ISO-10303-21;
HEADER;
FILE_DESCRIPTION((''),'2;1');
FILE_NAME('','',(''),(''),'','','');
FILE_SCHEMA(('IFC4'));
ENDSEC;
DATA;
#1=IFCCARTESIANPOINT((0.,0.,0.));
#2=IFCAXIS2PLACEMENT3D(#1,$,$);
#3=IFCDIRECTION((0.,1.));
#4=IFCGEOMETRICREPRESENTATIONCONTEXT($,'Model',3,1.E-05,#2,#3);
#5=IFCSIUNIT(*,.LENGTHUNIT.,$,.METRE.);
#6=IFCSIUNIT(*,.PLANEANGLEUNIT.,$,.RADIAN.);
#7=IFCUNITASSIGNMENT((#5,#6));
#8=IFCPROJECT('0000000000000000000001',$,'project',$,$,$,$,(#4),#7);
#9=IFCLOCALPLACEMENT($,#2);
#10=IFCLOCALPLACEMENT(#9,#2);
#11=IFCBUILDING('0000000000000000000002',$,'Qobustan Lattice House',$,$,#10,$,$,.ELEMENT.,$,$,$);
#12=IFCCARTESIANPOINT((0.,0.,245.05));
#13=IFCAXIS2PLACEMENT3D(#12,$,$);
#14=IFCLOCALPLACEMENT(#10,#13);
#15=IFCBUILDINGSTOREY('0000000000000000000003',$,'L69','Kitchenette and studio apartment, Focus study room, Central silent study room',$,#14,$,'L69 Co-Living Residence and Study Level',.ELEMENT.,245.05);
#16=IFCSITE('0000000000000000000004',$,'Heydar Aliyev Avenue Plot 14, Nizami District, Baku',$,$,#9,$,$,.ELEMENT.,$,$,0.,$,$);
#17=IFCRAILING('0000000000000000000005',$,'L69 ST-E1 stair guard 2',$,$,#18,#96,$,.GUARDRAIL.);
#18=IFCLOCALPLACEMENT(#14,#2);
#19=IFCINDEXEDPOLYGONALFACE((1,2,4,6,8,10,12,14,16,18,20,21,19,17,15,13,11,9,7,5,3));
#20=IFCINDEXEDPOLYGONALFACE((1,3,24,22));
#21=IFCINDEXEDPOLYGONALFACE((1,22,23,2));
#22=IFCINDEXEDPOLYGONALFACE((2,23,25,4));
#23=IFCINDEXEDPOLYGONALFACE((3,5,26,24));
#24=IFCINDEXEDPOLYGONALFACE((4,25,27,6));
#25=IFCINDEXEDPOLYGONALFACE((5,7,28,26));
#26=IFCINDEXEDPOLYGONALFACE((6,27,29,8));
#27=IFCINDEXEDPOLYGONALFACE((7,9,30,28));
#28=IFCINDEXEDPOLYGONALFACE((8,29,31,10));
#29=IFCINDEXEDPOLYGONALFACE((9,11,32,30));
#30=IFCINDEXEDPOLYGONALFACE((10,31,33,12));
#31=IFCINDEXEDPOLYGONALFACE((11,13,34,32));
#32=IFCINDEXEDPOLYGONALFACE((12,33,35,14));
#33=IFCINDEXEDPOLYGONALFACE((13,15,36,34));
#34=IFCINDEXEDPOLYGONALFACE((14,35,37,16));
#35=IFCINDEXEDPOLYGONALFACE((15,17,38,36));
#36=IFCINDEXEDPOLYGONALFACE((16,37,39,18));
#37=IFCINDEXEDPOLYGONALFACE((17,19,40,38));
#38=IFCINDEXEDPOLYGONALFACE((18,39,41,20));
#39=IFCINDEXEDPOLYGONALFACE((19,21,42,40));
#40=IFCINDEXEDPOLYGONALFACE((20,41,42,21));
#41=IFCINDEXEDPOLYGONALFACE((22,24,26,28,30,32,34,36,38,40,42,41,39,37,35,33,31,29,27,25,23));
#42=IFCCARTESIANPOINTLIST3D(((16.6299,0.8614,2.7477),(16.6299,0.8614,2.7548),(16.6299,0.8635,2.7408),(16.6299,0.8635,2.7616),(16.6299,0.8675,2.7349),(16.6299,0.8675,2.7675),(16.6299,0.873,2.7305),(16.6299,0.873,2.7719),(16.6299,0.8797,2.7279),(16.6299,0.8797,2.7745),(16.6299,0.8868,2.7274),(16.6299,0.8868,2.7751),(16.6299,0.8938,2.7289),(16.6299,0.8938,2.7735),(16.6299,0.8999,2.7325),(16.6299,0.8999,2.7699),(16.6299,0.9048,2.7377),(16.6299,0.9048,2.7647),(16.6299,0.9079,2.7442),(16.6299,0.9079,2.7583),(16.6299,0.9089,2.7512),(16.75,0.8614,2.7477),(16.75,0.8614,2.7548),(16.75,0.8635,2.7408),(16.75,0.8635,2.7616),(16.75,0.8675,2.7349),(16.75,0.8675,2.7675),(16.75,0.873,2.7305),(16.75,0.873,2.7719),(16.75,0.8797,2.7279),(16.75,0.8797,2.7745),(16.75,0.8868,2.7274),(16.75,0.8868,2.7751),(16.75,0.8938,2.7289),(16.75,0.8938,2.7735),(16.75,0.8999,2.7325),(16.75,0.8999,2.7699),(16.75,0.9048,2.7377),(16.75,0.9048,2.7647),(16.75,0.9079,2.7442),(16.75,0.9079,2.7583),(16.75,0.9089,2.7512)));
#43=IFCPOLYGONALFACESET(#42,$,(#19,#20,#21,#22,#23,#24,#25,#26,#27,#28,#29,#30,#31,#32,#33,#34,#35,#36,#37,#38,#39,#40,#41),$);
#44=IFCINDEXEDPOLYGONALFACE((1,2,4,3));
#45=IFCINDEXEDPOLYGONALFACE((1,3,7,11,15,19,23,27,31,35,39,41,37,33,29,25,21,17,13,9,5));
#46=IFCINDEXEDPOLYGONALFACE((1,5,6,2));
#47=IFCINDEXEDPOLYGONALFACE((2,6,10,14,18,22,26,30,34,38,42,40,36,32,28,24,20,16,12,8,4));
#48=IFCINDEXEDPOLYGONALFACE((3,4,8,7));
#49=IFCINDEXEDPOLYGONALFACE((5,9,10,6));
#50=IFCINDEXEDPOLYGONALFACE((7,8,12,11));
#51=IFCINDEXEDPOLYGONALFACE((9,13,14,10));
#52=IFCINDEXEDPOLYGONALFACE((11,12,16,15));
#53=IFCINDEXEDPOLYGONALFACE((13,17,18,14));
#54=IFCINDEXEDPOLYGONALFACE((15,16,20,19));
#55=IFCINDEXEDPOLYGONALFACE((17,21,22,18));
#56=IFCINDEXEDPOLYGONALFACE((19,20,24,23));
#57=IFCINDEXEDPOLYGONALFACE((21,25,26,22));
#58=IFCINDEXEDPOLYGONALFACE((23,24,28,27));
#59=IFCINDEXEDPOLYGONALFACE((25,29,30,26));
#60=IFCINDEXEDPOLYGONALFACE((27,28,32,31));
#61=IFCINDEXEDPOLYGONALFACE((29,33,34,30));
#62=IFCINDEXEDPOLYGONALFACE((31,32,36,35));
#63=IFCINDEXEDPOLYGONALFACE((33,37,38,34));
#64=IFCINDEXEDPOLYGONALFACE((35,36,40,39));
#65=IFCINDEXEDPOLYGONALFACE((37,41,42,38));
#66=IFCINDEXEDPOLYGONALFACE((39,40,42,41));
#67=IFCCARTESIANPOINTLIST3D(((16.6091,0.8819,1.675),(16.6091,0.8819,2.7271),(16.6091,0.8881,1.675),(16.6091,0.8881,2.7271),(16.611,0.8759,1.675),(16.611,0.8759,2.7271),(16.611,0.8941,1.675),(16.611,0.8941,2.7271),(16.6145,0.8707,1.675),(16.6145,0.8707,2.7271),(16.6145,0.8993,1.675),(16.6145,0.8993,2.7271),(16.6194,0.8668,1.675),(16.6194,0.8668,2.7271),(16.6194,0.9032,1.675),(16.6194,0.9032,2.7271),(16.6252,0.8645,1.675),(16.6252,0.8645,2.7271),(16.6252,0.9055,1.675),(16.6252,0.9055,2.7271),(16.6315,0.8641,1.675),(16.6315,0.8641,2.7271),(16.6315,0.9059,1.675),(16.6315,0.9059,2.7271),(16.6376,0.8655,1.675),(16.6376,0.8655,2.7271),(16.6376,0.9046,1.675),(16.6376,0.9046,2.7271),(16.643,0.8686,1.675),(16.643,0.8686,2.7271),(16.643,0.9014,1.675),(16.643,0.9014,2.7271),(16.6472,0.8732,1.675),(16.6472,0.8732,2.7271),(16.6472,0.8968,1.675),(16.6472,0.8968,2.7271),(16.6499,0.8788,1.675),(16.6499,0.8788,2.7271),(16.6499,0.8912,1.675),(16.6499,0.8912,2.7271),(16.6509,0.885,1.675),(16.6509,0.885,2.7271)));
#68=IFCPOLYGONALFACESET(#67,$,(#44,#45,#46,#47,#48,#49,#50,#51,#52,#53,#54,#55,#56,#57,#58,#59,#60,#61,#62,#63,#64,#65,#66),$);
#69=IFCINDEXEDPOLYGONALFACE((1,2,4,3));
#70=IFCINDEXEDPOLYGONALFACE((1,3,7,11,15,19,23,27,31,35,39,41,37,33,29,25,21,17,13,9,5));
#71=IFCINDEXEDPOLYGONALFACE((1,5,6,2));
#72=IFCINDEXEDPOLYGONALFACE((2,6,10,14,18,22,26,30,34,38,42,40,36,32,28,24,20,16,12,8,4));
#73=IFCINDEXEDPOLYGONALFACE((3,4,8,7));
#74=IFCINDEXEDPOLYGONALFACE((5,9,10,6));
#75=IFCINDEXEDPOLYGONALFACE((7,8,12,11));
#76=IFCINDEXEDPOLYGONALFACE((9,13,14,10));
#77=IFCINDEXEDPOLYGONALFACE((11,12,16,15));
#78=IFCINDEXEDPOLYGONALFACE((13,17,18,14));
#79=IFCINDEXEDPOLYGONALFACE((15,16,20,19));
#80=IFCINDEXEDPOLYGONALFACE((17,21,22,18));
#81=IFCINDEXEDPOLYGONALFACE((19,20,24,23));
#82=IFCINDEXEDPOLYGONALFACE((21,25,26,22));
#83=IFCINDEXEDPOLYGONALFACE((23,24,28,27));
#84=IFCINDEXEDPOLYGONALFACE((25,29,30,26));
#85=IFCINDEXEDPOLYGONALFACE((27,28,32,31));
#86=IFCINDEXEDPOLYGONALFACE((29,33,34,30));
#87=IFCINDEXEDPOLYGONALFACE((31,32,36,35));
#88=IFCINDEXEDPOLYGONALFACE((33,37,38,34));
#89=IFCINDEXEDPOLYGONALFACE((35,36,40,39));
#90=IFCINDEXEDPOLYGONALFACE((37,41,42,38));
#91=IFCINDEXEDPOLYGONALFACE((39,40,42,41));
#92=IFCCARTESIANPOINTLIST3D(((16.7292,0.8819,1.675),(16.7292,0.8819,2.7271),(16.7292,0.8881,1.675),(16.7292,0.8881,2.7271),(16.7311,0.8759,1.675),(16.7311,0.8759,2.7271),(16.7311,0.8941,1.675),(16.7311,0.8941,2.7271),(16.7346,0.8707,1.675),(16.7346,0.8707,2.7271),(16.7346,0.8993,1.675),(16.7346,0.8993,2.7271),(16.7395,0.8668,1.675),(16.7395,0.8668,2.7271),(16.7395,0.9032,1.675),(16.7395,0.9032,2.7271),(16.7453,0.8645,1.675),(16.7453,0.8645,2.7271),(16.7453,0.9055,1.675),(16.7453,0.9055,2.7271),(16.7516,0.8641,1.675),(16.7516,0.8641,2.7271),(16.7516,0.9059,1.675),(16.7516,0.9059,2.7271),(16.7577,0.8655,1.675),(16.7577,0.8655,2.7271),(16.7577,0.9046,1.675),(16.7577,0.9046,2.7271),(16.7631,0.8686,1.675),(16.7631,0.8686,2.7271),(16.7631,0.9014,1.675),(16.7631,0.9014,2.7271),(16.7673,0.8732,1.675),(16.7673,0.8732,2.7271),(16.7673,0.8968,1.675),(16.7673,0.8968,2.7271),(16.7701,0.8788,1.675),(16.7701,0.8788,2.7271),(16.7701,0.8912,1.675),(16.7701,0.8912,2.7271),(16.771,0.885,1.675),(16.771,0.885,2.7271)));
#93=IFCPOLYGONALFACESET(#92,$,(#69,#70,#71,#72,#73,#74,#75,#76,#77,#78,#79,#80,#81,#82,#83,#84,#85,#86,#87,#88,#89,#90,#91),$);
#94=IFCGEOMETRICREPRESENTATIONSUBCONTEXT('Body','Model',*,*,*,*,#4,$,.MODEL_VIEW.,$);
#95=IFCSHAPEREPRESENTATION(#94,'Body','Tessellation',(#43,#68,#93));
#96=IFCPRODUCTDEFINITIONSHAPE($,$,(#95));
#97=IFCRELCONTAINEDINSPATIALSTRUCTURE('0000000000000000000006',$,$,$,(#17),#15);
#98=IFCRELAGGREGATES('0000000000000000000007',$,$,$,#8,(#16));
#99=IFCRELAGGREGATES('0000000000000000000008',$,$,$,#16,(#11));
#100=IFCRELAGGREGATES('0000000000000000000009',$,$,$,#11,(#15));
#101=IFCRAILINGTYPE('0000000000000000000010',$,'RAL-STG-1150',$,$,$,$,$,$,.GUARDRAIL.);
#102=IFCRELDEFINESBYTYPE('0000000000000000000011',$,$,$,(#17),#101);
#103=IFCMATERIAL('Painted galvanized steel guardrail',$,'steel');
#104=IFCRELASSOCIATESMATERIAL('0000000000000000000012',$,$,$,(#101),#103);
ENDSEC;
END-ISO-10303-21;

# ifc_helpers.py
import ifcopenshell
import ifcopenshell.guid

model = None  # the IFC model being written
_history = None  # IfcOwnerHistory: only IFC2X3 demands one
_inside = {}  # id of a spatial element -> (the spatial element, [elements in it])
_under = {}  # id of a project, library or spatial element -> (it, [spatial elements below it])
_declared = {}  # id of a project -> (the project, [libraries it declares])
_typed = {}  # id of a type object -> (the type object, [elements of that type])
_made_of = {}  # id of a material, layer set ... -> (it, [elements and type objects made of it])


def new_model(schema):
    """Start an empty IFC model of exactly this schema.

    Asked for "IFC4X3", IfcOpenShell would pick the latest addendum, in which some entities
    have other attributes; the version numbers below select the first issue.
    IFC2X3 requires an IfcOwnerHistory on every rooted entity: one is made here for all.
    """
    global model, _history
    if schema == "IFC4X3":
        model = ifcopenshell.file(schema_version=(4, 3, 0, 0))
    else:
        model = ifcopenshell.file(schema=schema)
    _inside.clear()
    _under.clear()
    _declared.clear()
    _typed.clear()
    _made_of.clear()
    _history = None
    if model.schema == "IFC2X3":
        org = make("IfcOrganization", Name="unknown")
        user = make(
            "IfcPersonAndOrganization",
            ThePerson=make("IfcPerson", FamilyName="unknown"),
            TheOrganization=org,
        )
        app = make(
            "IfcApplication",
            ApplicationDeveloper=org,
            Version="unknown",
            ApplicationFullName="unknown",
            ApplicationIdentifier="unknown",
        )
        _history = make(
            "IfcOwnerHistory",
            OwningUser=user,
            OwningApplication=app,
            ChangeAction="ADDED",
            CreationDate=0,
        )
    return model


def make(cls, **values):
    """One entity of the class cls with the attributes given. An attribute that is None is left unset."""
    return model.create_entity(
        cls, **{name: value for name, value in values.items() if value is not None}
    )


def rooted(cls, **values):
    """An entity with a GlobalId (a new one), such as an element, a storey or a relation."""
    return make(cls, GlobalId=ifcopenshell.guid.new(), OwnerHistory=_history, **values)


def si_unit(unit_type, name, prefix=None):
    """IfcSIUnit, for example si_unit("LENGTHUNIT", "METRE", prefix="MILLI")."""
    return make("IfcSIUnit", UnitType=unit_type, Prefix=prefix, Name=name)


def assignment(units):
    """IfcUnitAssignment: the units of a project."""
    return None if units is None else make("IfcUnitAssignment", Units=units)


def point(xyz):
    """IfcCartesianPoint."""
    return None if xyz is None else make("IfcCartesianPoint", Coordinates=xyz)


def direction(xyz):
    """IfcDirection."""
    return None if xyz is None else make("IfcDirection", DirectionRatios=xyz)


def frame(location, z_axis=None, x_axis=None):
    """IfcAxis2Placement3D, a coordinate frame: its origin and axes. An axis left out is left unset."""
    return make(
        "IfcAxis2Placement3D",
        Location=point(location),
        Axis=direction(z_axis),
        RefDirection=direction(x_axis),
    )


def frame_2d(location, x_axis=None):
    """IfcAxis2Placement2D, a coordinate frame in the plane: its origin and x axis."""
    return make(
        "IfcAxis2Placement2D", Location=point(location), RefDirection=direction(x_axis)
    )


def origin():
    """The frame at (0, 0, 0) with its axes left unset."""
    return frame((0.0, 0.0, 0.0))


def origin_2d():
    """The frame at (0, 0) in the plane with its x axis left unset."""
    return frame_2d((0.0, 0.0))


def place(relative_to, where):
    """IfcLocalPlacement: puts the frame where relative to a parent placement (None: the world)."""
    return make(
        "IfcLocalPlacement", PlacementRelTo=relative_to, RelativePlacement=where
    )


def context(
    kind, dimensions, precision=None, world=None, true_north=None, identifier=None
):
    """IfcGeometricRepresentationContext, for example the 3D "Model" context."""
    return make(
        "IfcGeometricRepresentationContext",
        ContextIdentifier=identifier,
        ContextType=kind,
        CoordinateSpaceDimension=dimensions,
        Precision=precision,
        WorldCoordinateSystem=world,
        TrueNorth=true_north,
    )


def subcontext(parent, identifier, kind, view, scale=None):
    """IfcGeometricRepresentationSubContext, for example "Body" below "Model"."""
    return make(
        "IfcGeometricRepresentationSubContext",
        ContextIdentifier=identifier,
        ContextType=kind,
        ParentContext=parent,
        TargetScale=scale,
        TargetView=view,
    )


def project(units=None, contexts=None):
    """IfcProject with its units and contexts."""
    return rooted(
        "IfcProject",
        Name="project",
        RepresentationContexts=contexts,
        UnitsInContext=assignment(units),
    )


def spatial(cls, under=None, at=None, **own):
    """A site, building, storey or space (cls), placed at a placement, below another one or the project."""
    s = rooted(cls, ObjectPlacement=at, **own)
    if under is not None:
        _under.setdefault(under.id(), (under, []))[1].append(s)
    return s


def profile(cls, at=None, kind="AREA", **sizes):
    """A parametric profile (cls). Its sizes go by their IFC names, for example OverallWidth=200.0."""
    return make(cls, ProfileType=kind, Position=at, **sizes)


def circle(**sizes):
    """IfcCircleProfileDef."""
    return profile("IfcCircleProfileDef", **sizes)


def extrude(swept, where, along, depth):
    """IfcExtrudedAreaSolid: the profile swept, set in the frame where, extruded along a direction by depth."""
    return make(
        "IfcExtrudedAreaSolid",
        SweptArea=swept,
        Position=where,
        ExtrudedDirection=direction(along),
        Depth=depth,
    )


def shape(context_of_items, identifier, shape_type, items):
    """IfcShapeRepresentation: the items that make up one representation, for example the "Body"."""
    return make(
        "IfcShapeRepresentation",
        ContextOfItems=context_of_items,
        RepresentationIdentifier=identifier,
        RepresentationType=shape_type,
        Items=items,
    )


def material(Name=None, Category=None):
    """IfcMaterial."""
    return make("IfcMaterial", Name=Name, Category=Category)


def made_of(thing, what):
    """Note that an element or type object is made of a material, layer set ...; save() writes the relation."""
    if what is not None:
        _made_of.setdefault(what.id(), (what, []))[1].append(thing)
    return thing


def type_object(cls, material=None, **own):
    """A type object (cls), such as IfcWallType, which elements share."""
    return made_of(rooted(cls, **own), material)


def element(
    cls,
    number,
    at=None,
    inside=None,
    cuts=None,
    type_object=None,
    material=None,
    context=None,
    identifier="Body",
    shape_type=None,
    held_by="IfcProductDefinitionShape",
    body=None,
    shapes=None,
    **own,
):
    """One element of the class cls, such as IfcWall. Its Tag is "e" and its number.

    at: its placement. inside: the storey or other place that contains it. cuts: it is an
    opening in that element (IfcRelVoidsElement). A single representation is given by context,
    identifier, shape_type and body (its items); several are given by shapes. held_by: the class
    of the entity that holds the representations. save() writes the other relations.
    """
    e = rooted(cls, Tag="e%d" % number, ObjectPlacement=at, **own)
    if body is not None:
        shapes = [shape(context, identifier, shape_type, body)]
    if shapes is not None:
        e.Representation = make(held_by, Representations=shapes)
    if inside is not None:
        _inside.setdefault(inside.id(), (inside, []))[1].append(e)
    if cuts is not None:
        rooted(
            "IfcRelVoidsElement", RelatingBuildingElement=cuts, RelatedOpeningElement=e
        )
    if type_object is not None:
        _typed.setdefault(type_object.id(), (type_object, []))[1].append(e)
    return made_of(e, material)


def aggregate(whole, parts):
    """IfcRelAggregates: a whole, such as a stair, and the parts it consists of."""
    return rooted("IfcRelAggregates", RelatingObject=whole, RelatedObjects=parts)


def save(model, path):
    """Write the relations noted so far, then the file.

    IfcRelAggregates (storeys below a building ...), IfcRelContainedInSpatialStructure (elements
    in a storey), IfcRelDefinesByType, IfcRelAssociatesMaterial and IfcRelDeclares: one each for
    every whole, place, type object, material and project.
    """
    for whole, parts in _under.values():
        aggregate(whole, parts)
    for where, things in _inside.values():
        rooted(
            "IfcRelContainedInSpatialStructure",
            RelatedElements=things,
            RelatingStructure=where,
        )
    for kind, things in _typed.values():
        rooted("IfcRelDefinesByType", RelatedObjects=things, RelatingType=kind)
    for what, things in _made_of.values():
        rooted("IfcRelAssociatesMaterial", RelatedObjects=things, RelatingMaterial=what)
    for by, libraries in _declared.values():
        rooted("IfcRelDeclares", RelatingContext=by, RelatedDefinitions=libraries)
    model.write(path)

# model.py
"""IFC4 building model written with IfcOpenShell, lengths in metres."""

from ifc_helpers import new_model, si_unit, direction, frame, origin, origin_2d, place, context, subcontext, project, spatial, circle, extrude, material, type_object, element, save


model = new_model("IFC4")

# Units and contexts
model_context = context("Model", 3, precision=1e-05, world=origin(), true_north=direction((0.0, 1.0)))
body_context = subcontext(model_context, "Body", "Model", "MODEL_VIEW")
ifc_project = project(units=[si_unit("LENGTHUNIT", "METRE"), si_unit("PLANEANGLEUNIT", "RADIAN")], contexts=[model_context])

# Site, building, storey
site_placement = place(None, origin())
site = spatial("IfcSite", under=ifc_project, at=site_placement, Name="Heydar Aliyev Avenue Plot 14, Nizami District, Baku", CompositionType="ELEMENT", RefElevation=0.0)
building_placement = place(site_placement, origin())
building = spatial("IfcBuilding", under=site, at=building_placement, Name="Qobustan Lattice House", CompositionType="ELEMENT")
storey_placement = place(building_placement, frame((0.0, 0.0, 245.05)))
storey = spatial("IfcBuildingStorey", under=building, at=storey_placement, Name="L69", Description="Kitchenette and studio apartment, Focus study room, Central silent study room", LongName="L69 Co-Living Residence and Study Level", CompositionType="ELEMENT", Elevation=245.05)

# Railing
ifc_material_1 = material(Name="Painted galvanized steel guardrail", Category="steel")
railing_type_1 = type_object("IfcRailingType", Name="RAL-STG-1150", PredefinedType="GUARDRAIL", material=ifc_material_1)
railing_1_placement = place(storey_placement, frame((16.6299, 0.885, 1.675)))
element("IfcRailing", 1, at=railing_1_placement, inside=storey, type_object=railing_type_1, Name="L69 ST-E1 stair guard 2", PredefinedType="GUARDRAIL", context=body_context, shape_type="SweptSolid", body=[
    extrude(circle(Radius=0.0239, at=origin_2d()), frame((0.0, 0.0, 1.0762), z_axis=(1.0, 0.0, 0.0), x_axis=(0.0, 1.0, 0.0)), (0.0, 0.0, 1.0), 0.1201),
    extrude(circle(Radius=0.021, at=origin_2d()), origin(), (0.0, 0.0, 1.0), 1.052),
    extrude(circle(Radius=0.021, at=origin_2d()), frame((0.1201, 0.0, 0.0)), (0.0, 0.0, 1.0), 1.052),
])

save(model, "model.ifc")
